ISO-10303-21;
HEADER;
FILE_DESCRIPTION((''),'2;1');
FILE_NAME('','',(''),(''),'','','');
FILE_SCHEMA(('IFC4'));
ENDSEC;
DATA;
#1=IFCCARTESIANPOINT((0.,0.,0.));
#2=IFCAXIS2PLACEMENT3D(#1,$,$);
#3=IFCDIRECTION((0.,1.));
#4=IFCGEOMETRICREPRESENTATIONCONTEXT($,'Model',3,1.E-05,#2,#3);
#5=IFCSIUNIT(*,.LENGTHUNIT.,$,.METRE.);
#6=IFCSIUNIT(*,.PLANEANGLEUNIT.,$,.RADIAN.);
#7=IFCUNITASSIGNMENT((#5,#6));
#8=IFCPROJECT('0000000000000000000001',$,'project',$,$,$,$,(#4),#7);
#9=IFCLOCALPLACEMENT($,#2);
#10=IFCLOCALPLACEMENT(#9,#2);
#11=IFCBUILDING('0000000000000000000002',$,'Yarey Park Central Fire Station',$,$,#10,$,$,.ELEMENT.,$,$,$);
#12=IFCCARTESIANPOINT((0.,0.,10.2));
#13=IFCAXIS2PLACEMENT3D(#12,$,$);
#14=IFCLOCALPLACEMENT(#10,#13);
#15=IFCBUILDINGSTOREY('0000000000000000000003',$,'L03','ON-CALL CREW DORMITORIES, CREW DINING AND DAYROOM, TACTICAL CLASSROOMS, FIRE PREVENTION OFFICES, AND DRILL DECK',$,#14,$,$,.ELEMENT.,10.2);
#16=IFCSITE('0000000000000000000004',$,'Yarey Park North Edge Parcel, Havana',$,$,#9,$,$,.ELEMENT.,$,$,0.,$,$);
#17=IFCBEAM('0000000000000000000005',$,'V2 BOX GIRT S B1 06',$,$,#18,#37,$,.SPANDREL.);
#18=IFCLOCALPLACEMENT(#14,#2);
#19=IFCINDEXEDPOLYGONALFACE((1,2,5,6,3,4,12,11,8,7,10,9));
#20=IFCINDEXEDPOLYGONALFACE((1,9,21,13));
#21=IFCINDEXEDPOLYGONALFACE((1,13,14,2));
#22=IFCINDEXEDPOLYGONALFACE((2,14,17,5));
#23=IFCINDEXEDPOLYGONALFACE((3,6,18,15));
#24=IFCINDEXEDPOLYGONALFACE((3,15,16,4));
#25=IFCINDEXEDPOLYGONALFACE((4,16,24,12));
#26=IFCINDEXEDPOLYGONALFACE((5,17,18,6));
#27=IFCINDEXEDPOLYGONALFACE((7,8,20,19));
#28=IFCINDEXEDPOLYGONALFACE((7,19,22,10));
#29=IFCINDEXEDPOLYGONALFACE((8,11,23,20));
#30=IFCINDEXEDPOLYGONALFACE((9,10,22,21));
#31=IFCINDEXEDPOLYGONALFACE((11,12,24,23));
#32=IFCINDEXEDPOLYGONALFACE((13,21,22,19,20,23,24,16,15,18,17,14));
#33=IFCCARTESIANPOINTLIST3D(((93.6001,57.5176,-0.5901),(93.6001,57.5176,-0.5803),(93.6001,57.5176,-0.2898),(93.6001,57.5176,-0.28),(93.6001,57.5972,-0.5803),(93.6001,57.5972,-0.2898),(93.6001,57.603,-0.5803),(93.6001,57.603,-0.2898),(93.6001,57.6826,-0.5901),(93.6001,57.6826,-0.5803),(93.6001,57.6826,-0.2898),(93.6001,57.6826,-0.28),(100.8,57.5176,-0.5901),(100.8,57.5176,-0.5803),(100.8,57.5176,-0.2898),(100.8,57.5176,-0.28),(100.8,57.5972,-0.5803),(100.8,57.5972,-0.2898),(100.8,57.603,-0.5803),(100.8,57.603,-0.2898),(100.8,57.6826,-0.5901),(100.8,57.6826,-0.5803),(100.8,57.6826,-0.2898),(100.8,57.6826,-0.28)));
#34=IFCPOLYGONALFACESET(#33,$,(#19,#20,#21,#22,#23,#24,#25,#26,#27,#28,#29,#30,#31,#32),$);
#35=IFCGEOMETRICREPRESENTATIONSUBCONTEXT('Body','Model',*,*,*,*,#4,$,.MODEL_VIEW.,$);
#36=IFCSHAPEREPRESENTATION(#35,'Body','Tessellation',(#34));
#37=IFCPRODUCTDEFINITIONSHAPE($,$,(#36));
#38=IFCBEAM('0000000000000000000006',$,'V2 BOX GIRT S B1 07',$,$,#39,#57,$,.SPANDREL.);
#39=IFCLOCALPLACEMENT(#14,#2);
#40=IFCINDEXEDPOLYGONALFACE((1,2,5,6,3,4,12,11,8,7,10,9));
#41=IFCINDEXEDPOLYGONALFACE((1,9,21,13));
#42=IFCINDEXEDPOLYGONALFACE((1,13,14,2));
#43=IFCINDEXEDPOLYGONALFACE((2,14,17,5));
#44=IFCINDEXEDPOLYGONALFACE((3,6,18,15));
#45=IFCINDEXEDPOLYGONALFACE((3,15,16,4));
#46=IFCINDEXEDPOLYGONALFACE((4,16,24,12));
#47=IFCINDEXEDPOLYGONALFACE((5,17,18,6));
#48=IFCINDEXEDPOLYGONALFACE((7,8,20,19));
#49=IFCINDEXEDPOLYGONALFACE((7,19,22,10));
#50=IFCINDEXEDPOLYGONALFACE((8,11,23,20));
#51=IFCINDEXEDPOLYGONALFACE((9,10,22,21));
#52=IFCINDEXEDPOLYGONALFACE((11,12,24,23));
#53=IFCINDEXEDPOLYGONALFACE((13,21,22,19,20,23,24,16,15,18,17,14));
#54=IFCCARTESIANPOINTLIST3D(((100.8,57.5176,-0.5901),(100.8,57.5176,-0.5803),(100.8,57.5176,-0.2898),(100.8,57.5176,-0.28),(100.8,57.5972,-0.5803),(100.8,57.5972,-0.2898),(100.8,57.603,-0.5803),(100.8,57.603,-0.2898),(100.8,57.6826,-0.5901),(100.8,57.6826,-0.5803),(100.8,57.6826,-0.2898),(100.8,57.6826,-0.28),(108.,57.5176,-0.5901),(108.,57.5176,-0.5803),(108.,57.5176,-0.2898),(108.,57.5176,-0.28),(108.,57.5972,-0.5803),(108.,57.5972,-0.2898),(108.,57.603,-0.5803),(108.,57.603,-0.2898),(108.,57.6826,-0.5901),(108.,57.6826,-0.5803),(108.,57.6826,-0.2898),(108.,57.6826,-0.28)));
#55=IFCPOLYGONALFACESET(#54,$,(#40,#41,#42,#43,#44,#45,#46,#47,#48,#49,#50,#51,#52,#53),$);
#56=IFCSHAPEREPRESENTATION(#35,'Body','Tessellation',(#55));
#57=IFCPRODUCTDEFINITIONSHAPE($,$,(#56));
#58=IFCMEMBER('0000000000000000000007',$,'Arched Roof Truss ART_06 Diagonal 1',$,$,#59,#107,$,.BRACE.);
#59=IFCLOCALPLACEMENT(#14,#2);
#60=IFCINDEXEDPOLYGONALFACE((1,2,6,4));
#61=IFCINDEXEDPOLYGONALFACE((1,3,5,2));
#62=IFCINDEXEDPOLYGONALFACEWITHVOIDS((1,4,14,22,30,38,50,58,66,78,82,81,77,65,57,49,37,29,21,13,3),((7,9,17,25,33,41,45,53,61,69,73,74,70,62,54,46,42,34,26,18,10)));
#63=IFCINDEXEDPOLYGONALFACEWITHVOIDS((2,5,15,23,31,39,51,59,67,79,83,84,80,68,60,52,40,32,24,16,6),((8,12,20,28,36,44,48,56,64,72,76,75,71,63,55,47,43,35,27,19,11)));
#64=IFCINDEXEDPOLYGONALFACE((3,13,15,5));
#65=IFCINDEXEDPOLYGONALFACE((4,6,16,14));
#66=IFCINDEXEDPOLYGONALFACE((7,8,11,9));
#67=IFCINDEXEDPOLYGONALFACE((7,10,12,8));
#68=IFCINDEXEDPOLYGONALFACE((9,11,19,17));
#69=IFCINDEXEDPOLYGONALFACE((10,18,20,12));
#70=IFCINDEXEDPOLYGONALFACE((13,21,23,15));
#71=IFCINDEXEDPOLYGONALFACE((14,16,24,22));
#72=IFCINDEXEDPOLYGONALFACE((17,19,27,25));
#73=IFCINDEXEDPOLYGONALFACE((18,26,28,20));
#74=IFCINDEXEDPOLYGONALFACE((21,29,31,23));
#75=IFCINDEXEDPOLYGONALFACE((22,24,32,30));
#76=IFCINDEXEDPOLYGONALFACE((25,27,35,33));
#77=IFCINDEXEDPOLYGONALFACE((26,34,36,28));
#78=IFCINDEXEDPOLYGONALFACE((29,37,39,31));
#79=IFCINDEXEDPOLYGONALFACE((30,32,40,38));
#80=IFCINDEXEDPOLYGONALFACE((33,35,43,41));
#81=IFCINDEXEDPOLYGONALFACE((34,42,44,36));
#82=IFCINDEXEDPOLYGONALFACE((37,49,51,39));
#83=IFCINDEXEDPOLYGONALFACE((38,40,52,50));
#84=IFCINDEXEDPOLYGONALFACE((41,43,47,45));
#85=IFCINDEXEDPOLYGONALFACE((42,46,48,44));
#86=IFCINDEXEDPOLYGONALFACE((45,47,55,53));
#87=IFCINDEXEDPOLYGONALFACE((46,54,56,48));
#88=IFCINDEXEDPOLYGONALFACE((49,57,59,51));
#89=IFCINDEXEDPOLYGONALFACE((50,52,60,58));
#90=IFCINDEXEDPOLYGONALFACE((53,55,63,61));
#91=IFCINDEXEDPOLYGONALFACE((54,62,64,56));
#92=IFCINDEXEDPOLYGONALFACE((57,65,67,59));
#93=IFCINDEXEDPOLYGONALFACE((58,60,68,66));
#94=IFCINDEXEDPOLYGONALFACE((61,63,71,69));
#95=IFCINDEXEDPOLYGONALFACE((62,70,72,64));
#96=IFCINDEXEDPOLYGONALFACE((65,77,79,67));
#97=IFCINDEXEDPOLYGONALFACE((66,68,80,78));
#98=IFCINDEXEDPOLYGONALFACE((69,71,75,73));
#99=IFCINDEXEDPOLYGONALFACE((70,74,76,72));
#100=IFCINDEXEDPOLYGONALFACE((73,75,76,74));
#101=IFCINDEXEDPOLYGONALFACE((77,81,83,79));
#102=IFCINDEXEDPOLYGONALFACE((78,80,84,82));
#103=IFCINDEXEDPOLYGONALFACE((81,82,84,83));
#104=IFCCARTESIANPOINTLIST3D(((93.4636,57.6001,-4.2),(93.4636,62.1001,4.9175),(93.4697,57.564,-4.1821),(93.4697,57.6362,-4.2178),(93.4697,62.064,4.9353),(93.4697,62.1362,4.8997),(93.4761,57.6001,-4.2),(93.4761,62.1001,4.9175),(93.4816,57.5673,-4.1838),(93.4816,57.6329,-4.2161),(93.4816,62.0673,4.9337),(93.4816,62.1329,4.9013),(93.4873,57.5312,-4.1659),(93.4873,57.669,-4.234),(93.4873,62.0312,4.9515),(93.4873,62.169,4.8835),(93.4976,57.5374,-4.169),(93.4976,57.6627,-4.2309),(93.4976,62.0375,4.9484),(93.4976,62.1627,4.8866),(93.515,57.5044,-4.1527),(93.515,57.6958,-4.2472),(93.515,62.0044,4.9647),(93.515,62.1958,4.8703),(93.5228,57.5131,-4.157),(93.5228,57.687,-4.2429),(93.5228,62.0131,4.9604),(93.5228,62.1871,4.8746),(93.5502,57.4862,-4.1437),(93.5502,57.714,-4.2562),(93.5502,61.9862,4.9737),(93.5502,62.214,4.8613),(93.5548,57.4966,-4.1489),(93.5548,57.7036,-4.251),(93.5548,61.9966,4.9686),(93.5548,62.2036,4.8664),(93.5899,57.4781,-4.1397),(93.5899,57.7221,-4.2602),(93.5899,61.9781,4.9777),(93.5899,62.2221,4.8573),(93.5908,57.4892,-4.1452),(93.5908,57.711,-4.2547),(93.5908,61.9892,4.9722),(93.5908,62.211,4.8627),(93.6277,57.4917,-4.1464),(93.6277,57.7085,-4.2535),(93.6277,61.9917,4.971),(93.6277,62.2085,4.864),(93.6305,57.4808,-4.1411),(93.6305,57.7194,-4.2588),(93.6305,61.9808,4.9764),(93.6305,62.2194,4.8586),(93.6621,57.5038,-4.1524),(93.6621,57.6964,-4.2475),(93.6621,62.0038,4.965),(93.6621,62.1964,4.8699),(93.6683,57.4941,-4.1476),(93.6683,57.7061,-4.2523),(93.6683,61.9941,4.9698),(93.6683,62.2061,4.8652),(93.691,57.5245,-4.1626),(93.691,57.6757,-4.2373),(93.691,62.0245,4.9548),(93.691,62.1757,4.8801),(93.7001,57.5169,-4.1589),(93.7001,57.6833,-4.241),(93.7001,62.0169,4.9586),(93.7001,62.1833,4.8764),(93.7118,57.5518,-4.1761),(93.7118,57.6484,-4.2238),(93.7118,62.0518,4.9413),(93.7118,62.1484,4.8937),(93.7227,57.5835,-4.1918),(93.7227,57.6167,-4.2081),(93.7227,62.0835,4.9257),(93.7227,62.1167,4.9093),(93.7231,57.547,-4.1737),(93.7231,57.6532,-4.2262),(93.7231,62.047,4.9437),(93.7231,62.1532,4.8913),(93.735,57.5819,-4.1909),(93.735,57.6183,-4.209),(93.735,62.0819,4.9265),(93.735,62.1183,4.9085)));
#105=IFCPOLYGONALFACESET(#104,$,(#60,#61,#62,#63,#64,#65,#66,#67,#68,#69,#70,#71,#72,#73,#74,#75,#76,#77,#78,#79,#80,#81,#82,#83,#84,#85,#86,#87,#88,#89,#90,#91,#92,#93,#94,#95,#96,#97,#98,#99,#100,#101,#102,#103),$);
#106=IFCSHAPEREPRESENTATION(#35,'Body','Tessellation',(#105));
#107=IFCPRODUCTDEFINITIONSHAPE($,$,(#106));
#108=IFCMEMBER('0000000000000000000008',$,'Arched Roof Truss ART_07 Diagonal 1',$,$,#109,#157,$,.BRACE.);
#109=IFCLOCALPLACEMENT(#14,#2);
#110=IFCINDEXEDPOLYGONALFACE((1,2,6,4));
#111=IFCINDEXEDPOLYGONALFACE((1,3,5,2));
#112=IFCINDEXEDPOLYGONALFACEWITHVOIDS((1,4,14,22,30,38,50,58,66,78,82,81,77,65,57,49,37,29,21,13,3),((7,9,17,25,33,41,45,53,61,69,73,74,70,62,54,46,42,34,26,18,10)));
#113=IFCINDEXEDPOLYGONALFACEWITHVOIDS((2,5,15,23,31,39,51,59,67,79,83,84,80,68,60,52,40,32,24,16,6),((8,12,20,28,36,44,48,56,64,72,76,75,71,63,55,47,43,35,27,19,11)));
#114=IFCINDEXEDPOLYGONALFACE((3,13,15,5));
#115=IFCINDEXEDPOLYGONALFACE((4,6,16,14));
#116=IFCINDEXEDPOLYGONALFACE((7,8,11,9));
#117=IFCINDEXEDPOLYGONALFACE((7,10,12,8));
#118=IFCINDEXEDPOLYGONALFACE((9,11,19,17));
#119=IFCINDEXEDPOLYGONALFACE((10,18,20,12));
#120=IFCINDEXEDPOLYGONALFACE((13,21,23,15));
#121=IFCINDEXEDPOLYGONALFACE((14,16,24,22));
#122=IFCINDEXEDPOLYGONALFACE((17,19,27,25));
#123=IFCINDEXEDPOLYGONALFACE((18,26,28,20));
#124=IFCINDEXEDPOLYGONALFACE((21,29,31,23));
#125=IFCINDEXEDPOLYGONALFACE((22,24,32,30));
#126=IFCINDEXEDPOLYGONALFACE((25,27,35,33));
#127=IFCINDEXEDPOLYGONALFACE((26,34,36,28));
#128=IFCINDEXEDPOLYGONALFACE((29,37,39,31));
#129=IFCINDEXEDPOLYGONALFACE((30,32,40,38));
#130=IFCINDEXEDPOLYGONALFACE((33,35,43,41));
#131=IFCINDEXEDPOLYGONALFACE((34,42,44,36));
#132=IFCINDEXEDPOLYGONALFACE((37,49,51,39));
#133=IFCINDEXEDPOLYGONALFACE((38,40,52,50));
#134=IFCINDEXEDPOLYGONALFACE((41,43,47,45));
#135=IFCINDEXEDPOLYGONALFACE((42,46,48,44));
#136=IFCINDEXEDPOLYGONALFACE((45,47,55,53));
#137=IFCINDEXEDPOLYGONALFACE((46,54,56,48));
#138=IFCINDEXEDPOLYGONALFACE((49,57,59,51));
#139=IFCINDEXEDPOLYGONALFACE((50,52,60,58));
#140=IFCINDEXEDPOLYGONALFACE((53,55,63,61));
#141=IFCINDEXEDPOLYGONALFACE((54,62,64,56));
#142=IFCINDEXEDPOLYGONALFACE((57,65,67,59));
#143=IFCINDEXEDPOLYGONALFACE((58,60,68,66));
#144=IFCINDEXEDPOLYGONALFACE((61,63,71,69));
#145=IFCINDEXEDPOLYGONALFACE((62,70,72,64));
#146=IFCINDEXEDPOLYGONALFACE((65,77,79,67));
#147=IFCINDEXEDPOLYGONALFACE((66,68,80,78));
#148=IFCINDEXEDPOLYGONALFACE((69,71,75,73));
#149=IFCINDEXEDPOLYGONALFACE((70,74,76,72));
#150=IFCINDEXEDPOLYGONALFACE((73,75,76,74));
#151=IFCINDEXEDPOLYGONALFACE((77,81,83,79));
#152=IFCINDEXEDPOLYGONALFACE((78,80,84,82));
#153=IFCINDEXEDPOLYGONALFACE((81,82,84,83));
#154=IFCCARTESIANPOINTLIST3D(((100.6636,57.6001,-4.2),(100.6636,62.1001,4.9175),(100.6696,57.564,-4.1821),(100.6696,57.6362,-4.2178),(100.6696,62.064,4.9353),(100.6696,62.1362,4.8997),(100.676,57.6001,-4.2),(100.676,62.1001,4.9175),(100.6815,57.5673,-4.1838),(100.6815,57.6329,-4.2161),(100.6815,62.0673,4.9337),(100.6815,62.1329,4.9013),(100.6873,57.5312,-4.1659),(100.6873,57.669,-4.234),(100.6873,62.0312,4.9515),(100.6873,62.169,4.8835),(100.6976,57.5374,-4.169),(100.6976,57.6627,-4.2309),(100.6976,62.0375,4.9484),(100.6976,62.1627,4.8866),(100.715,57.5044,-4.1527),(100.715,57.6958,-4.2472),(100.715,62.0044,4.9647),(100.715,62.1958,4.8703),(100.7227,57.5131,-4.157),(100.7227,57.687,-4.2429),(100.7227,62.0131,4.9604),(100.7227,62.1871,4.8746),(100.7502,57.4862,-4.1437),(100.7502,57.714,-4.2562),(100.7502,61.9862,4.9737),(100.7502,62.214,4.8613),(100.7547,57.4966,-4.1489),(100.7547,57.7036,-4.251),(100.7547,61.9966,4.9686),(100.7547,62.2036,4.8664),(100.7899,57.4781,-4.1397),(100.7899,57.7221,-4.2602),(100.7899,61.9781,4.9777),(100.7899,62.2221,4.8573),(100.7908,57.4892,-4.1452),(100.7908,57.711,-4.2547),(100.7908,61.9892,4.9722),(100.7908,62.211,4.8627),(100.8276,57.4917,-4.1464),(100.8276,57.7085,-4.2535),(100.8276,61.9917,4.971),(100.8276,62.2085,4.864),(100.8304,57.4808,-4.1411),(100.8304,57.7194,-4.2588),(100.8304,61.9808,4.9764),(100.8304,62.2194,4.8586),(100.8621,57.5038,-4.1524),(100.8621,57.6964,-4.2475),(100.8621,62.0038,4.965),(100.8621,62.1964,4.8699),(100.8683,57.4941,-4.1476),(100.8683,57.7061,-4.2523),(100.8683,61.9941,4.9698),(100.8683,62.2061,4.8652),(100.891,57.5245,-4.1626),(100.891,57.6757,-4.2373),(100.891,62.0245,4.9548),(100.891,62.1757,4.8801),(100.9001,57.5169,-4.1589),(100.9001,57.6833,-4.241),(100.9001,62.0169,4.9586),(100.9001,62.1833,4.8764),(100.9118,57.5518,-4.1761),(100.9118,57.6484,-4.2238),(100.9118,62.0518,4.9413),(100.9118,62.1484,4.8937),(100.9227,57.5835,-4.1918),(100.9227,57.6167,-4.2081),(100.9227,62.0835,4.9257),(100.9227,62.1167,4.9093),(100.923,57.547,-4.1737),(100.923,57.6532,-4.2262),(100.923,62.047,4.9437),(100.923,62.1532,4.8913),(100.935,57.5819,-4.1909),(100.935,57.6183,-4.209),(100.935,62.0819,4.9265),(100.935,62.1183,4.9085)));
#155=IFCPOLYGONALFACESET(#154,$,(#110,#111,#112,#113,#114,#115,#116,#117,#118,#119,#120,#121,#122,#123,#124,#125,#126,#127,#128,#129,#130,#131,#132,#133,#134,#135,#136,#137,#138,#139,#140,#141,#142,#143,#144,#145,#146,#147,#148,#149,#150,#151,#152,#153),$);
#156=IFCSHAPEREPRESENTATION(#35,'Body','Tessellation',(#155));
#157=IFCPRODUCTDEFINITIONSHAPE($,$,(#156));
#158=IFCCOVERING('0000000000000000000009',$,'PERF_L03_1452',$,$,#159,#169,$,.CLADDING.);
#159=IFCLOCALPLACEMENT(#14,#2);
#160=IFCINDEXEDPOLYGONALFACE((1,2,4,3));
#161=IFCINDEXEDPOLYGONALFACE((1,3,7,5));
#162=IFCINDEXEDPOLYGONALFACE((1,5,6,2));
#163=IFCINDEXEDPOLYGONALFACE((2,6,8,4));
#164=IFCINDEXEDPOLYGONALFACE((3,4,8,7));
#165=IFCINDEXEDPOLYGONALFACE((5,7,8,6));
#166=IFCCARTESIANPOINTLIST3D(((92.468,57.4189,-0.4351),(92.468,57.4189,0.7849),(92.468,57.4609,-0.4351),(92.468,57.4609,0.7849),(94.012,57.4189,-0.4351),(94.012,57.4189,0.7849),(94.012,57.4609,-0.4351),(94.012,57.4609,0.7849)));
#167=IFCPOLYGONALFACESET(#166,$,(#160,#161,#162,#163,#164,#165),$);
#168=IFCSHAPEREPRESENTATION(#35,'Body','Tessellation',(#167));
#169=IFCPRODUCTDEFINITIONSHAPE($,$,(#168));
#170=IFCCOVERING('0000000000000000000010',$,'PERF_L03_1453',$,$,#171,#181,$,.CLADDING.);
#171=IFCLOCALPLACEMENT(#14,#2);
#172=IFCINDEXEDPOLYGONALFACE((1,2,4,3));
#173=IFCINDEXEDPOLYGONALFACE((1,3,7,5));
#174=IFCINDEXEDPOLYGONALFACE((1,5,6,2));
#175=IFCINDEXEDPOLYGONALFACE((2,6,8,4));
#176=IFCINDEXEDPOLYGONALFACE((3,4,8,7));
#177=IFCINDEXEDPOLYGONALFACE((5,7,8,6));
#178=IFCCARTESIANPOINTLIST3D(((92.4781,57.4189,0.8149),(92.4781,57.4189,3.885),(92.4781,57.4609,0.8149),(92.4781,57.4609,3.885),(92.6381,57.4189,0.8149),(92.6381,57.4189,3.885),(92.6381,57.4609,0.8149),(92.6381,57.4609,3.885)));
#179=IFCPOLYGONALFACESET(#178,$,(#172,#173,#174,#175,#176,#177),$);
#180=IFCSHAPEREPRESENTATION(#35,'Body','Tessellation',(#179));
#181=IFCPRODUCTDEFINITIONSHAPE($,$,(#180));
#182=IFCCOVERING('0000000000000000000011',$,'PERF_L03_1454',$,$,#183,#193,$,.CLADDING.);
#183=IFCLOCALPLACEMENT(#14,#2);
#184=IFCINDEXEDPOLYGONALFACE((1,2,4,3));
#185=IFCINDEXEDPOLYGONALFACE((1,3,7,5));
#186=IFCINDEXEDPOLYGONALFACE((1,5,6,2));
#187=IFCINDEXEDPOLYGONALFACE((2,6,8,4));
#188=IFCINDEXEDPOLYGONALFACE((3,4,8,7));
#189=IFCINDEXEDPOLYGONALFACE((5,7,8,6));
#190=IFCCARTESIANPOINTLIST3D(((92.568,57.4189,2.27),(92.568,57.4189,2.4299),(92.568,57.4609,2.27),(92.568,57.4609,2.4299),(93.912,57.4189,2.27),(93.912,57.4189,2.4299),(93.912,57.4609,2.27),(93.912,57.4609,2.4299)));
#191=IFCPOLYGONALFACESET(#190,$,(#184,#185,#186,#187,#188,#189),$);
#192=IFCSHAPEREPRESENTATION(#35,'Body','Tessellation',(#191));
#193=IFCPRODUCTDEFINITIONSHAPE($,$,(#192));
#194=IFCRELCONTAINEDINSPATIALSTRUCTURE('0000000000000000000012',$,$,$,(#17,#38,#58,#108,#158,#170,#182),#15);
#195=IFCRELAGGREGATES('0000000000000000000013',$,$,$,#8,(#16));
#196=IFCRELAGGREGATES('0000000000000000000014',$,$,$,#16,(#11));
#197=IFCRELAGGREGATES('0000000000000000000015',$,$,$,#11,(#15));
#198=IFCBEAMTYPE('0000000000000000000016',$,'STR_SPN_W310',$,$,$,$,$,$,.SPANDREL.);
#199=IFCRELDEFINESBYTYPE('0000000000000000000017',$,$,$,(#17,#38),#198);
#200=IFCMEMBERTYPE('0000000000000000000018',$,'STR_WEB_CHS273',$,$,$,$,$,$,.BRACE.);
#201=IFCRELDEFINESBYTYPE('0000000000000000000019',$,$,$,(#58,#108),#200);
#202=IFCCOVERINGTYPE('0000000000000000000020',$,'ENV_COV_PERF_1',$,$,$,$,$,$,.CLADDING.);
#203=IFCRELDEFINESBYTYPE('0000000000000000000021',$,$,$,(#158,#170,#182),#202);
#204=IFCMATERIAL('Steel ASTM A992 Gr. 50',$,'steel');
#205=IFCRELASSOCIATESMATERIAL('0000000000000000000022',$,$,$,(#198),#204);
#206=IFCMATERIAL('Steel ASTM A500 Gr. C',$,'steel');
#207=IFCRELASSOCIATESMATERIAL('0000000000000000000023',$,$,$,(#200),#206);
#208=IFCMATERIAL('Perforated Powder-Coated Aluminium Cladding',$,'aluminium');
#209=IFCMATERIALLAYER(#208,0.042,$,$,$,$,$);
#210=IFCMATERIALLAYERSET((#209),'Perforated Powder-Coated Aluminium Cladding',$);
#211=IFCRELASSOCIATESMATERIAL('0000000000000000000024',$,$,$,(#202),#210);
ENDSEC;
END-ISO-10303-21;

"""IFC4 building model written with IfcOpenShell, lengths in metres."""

from ifc_helpers import new_model, si_unit, direction, frame, origin, origin_2d, place, context, subcontext, project, spatial, rectangle, hollow_circle, i_section, extrude, material, layer, layer_set, material_profile, profile_set, type_object, element, save


model = new_model("IFC4")

# Units and contexts
model_context = context("Model", 3, precision=1e-05, world=origin(), true_north=direction((0.0, 1.0)))
body_context = subcontext(model_context, "Body", "Model", "MODEL_VIEW")
ifc_project = project(units=[si_unit("LENGTHUNIT", "METRE"), si_unit("PLANEANGLEUNIT", "RADIAN")], contexts=[model_context])

# Site, building, storey
site_placement = place(None, origin())
site = spatial("IfcSite", under=ifc_project, at=site_placement, Name="Yarey Park North Edge Parcel, Havana", CompositionType="ELEMENT", RefElevation=0.0)
building_placement = place(site_placement, origin())
building = spatial("IfcBuilding", under=site, at=building_placement, Name="Yarey Park Central Fire Station", CompositionType="ELEMENT")
storey_placement = place(building_placement, frame((0.0, 0.0, 10.2)))
storey = spatial("IfcBuildingStorey", under=building, at=storey_placement, Name="L03", Description="ON-CALL CREW DORMITORIES, CREW DINING AND DAYROOM, TACTICAL CLASSROOMS, FIRE PREVENTION OFFICES, AND DRILL DECK", CompositionType="ELEMENT", Elevation=10.2)

# Shared definitions
ifc_material_1 = material(Name="Steel ASTM A992 Gr. 50", Category="steel")

# Shared definitions
ifc_material_2 = material(Name="Steel ASTM A500 Gr. C", Category="steel")

# Beams
ifc_material_profile_1 = material_profile(ifc_material_1, i_section(OverallWidth=0.165, OverallDepth=0.3101, WebThickness=0.0059, FlangeThickness=0.0098, at=origin_2d()), Name="W310x39")
ifc_profile_set_1 = profile_set([ifc_material_profile_1], Name="Steel ASTM A992 Gr. 50")
beam_type_1 = type_object("IfcBeamType", Name="STR_SPN_W310", PredefinedType="SPANDREL", material=ifc_profile_set_1)
for number, where, z_axis, x_axis, name in (
    (1, (93.6001, 57.6001, -0.4351), (1.0, 0.0, 0.0), (0.0, 1.0, 0.0), "V2 BOX GIRT S B1 06"),
    (2, (100.8, 57.6001, -0.4351), (1.0, 0.0, 0.0), (0.0, 1.0, 0.0), "V2 BOX GIRT S B1 07"),
):
    element("IfcBeam", number, at=place(storey_placement, frame(where, z_axis=z_axis, x_axis=x_axis)), inside=storey, type_object=beam_type_1, Name=name, PredefinedType="SPANDREL", context=body_context, shape_type="SweptSolid", body=[
        extrude(i_section(OverallWidth=0.165, OverallDepth=0.3101, WebThickness=0.0059, FlangeThickness=0.0098, at=origin_2d()), origin(), (0.0, 0.0, 1.0), 7.2),
    ])

# Members
ifc_material_profile_2 = material_profile(ifc_material_2, hollow_circle(Radius=0.1365, WallThickness=0.0125, at=origin_2d()), Name="CHS 273x12.5")
ifc_profile_set_2 = profile_set([ifc_material_profile_2], Name="Steel ASTM A500 Gr. C")
member_type_1 = type_object("IfcMemberType", Name="STR_WEB_CHS273", PredefinedType="BRACE", material=ifc_profile_set_2)
for number, where, z_axis, x_axis, name in (
    (3, (93.6001, 57.6001, -4.2), (0.0, 0.442588, 0.896725), (-1.0, 0.0, 0.0), "Arched Roof Truss ART_06 Diagonal 1"),
    (4, (100.8, 57.6001, -4.2), (0.0, 0.442588, 0.896725), (-1.0, 0.0, 0.0), "Arched Roof Truss ART_07 Diagonal 1"),
):
    element("IfcMember", number, at=place(storey_placement, frame(where, z_axis=z_axis, x_axis=x_axis)), inside=storey, type_object=member_type_1, Name=name, PredefinedType="BRACE", context=body_context, shape_type="SweptSolid", body=[
        extrude(hollow_circle(Radius=0.1365, WallThickness=0.0125, at=origin_2d()), origin(), (0.0, 0.0, 1.0), 10.1675),
    ])

# Coverings
ifc_material_3 = material(Name="Perforated Powder-Coated Aluminium Cladding", Category="aluminium")
ifc_layer_1 = layer(ifc_material_3, 0.042)
ifc_layer_set_1 = layer_set([ifc_layer_1], Name="Perforated Powder-Coated Aluminium Cladding")
covering_type_1 = type_object("IfcCoveringType", Name="ENV_COV_PERF_1", PredefinedType="CLADDING", material=ifc_layer_set_1)
covering_1_placement = place(storey_placement, frame((93.24, 57.4399, -0.4351), z_axis=(0.0, 0.0, 1.0), x_axis=(1.0, 0.0, 0.0)))
element("IfcCovering", 5, at=covering_1_placement, inside=storey, type_object=covering_type_1, Name="PERF_L03_1452", PredefinedType="CLADDING", context=body_context, shape_type="SweptSolid", body=[
    extrude(rectangle(XDim=1.5439, YDim=0.042, at=origin_2d()), origin(), (0.0, 0.0, 1.0), 1.22),
])
covering_2_placement = place(storey_placement, frame((92.5581, 57.4399, 0.8149), z_axis=(0.0, 0.0, 1.0), x_axis=(1.0, 0.0, 0.0)))
element("IfcCovering", 6, at=covering_2_placement, inside=storey, type_object=covering_type_1, Name="PERF_L03_1453", PredefinedType="CLADDING", context=body_context, shape_type="SweptSolid", body=[
    extrude(rectangle(XDim=0.1599, YDim=0.042, at=origin_2d()), origin(), (0.0, 0.0, 1.0), 3.0701),
])
covering_3_placement = place(storey_placement, frame((93.24, 57.4399, 2.27), z_axis=(0.0, 0.0, 1.0), x_axis=(1.0, 0.0, 0.0)))
element("IfcCovering", 7, at=covering_3_placement, inside=storey, type_object=covering_type_1, Name="PERF_L03_1454", PredefinedType="CLADDING", context=body_context, shape_type="SweptSolid", body=[
    extrude(rectangle(XDim=1.344, YDim=0.042, at=origin_2d()), origin(), (0.0, 0.0, 1.0), 0.1599),
])

save(model, "model.ifc")
